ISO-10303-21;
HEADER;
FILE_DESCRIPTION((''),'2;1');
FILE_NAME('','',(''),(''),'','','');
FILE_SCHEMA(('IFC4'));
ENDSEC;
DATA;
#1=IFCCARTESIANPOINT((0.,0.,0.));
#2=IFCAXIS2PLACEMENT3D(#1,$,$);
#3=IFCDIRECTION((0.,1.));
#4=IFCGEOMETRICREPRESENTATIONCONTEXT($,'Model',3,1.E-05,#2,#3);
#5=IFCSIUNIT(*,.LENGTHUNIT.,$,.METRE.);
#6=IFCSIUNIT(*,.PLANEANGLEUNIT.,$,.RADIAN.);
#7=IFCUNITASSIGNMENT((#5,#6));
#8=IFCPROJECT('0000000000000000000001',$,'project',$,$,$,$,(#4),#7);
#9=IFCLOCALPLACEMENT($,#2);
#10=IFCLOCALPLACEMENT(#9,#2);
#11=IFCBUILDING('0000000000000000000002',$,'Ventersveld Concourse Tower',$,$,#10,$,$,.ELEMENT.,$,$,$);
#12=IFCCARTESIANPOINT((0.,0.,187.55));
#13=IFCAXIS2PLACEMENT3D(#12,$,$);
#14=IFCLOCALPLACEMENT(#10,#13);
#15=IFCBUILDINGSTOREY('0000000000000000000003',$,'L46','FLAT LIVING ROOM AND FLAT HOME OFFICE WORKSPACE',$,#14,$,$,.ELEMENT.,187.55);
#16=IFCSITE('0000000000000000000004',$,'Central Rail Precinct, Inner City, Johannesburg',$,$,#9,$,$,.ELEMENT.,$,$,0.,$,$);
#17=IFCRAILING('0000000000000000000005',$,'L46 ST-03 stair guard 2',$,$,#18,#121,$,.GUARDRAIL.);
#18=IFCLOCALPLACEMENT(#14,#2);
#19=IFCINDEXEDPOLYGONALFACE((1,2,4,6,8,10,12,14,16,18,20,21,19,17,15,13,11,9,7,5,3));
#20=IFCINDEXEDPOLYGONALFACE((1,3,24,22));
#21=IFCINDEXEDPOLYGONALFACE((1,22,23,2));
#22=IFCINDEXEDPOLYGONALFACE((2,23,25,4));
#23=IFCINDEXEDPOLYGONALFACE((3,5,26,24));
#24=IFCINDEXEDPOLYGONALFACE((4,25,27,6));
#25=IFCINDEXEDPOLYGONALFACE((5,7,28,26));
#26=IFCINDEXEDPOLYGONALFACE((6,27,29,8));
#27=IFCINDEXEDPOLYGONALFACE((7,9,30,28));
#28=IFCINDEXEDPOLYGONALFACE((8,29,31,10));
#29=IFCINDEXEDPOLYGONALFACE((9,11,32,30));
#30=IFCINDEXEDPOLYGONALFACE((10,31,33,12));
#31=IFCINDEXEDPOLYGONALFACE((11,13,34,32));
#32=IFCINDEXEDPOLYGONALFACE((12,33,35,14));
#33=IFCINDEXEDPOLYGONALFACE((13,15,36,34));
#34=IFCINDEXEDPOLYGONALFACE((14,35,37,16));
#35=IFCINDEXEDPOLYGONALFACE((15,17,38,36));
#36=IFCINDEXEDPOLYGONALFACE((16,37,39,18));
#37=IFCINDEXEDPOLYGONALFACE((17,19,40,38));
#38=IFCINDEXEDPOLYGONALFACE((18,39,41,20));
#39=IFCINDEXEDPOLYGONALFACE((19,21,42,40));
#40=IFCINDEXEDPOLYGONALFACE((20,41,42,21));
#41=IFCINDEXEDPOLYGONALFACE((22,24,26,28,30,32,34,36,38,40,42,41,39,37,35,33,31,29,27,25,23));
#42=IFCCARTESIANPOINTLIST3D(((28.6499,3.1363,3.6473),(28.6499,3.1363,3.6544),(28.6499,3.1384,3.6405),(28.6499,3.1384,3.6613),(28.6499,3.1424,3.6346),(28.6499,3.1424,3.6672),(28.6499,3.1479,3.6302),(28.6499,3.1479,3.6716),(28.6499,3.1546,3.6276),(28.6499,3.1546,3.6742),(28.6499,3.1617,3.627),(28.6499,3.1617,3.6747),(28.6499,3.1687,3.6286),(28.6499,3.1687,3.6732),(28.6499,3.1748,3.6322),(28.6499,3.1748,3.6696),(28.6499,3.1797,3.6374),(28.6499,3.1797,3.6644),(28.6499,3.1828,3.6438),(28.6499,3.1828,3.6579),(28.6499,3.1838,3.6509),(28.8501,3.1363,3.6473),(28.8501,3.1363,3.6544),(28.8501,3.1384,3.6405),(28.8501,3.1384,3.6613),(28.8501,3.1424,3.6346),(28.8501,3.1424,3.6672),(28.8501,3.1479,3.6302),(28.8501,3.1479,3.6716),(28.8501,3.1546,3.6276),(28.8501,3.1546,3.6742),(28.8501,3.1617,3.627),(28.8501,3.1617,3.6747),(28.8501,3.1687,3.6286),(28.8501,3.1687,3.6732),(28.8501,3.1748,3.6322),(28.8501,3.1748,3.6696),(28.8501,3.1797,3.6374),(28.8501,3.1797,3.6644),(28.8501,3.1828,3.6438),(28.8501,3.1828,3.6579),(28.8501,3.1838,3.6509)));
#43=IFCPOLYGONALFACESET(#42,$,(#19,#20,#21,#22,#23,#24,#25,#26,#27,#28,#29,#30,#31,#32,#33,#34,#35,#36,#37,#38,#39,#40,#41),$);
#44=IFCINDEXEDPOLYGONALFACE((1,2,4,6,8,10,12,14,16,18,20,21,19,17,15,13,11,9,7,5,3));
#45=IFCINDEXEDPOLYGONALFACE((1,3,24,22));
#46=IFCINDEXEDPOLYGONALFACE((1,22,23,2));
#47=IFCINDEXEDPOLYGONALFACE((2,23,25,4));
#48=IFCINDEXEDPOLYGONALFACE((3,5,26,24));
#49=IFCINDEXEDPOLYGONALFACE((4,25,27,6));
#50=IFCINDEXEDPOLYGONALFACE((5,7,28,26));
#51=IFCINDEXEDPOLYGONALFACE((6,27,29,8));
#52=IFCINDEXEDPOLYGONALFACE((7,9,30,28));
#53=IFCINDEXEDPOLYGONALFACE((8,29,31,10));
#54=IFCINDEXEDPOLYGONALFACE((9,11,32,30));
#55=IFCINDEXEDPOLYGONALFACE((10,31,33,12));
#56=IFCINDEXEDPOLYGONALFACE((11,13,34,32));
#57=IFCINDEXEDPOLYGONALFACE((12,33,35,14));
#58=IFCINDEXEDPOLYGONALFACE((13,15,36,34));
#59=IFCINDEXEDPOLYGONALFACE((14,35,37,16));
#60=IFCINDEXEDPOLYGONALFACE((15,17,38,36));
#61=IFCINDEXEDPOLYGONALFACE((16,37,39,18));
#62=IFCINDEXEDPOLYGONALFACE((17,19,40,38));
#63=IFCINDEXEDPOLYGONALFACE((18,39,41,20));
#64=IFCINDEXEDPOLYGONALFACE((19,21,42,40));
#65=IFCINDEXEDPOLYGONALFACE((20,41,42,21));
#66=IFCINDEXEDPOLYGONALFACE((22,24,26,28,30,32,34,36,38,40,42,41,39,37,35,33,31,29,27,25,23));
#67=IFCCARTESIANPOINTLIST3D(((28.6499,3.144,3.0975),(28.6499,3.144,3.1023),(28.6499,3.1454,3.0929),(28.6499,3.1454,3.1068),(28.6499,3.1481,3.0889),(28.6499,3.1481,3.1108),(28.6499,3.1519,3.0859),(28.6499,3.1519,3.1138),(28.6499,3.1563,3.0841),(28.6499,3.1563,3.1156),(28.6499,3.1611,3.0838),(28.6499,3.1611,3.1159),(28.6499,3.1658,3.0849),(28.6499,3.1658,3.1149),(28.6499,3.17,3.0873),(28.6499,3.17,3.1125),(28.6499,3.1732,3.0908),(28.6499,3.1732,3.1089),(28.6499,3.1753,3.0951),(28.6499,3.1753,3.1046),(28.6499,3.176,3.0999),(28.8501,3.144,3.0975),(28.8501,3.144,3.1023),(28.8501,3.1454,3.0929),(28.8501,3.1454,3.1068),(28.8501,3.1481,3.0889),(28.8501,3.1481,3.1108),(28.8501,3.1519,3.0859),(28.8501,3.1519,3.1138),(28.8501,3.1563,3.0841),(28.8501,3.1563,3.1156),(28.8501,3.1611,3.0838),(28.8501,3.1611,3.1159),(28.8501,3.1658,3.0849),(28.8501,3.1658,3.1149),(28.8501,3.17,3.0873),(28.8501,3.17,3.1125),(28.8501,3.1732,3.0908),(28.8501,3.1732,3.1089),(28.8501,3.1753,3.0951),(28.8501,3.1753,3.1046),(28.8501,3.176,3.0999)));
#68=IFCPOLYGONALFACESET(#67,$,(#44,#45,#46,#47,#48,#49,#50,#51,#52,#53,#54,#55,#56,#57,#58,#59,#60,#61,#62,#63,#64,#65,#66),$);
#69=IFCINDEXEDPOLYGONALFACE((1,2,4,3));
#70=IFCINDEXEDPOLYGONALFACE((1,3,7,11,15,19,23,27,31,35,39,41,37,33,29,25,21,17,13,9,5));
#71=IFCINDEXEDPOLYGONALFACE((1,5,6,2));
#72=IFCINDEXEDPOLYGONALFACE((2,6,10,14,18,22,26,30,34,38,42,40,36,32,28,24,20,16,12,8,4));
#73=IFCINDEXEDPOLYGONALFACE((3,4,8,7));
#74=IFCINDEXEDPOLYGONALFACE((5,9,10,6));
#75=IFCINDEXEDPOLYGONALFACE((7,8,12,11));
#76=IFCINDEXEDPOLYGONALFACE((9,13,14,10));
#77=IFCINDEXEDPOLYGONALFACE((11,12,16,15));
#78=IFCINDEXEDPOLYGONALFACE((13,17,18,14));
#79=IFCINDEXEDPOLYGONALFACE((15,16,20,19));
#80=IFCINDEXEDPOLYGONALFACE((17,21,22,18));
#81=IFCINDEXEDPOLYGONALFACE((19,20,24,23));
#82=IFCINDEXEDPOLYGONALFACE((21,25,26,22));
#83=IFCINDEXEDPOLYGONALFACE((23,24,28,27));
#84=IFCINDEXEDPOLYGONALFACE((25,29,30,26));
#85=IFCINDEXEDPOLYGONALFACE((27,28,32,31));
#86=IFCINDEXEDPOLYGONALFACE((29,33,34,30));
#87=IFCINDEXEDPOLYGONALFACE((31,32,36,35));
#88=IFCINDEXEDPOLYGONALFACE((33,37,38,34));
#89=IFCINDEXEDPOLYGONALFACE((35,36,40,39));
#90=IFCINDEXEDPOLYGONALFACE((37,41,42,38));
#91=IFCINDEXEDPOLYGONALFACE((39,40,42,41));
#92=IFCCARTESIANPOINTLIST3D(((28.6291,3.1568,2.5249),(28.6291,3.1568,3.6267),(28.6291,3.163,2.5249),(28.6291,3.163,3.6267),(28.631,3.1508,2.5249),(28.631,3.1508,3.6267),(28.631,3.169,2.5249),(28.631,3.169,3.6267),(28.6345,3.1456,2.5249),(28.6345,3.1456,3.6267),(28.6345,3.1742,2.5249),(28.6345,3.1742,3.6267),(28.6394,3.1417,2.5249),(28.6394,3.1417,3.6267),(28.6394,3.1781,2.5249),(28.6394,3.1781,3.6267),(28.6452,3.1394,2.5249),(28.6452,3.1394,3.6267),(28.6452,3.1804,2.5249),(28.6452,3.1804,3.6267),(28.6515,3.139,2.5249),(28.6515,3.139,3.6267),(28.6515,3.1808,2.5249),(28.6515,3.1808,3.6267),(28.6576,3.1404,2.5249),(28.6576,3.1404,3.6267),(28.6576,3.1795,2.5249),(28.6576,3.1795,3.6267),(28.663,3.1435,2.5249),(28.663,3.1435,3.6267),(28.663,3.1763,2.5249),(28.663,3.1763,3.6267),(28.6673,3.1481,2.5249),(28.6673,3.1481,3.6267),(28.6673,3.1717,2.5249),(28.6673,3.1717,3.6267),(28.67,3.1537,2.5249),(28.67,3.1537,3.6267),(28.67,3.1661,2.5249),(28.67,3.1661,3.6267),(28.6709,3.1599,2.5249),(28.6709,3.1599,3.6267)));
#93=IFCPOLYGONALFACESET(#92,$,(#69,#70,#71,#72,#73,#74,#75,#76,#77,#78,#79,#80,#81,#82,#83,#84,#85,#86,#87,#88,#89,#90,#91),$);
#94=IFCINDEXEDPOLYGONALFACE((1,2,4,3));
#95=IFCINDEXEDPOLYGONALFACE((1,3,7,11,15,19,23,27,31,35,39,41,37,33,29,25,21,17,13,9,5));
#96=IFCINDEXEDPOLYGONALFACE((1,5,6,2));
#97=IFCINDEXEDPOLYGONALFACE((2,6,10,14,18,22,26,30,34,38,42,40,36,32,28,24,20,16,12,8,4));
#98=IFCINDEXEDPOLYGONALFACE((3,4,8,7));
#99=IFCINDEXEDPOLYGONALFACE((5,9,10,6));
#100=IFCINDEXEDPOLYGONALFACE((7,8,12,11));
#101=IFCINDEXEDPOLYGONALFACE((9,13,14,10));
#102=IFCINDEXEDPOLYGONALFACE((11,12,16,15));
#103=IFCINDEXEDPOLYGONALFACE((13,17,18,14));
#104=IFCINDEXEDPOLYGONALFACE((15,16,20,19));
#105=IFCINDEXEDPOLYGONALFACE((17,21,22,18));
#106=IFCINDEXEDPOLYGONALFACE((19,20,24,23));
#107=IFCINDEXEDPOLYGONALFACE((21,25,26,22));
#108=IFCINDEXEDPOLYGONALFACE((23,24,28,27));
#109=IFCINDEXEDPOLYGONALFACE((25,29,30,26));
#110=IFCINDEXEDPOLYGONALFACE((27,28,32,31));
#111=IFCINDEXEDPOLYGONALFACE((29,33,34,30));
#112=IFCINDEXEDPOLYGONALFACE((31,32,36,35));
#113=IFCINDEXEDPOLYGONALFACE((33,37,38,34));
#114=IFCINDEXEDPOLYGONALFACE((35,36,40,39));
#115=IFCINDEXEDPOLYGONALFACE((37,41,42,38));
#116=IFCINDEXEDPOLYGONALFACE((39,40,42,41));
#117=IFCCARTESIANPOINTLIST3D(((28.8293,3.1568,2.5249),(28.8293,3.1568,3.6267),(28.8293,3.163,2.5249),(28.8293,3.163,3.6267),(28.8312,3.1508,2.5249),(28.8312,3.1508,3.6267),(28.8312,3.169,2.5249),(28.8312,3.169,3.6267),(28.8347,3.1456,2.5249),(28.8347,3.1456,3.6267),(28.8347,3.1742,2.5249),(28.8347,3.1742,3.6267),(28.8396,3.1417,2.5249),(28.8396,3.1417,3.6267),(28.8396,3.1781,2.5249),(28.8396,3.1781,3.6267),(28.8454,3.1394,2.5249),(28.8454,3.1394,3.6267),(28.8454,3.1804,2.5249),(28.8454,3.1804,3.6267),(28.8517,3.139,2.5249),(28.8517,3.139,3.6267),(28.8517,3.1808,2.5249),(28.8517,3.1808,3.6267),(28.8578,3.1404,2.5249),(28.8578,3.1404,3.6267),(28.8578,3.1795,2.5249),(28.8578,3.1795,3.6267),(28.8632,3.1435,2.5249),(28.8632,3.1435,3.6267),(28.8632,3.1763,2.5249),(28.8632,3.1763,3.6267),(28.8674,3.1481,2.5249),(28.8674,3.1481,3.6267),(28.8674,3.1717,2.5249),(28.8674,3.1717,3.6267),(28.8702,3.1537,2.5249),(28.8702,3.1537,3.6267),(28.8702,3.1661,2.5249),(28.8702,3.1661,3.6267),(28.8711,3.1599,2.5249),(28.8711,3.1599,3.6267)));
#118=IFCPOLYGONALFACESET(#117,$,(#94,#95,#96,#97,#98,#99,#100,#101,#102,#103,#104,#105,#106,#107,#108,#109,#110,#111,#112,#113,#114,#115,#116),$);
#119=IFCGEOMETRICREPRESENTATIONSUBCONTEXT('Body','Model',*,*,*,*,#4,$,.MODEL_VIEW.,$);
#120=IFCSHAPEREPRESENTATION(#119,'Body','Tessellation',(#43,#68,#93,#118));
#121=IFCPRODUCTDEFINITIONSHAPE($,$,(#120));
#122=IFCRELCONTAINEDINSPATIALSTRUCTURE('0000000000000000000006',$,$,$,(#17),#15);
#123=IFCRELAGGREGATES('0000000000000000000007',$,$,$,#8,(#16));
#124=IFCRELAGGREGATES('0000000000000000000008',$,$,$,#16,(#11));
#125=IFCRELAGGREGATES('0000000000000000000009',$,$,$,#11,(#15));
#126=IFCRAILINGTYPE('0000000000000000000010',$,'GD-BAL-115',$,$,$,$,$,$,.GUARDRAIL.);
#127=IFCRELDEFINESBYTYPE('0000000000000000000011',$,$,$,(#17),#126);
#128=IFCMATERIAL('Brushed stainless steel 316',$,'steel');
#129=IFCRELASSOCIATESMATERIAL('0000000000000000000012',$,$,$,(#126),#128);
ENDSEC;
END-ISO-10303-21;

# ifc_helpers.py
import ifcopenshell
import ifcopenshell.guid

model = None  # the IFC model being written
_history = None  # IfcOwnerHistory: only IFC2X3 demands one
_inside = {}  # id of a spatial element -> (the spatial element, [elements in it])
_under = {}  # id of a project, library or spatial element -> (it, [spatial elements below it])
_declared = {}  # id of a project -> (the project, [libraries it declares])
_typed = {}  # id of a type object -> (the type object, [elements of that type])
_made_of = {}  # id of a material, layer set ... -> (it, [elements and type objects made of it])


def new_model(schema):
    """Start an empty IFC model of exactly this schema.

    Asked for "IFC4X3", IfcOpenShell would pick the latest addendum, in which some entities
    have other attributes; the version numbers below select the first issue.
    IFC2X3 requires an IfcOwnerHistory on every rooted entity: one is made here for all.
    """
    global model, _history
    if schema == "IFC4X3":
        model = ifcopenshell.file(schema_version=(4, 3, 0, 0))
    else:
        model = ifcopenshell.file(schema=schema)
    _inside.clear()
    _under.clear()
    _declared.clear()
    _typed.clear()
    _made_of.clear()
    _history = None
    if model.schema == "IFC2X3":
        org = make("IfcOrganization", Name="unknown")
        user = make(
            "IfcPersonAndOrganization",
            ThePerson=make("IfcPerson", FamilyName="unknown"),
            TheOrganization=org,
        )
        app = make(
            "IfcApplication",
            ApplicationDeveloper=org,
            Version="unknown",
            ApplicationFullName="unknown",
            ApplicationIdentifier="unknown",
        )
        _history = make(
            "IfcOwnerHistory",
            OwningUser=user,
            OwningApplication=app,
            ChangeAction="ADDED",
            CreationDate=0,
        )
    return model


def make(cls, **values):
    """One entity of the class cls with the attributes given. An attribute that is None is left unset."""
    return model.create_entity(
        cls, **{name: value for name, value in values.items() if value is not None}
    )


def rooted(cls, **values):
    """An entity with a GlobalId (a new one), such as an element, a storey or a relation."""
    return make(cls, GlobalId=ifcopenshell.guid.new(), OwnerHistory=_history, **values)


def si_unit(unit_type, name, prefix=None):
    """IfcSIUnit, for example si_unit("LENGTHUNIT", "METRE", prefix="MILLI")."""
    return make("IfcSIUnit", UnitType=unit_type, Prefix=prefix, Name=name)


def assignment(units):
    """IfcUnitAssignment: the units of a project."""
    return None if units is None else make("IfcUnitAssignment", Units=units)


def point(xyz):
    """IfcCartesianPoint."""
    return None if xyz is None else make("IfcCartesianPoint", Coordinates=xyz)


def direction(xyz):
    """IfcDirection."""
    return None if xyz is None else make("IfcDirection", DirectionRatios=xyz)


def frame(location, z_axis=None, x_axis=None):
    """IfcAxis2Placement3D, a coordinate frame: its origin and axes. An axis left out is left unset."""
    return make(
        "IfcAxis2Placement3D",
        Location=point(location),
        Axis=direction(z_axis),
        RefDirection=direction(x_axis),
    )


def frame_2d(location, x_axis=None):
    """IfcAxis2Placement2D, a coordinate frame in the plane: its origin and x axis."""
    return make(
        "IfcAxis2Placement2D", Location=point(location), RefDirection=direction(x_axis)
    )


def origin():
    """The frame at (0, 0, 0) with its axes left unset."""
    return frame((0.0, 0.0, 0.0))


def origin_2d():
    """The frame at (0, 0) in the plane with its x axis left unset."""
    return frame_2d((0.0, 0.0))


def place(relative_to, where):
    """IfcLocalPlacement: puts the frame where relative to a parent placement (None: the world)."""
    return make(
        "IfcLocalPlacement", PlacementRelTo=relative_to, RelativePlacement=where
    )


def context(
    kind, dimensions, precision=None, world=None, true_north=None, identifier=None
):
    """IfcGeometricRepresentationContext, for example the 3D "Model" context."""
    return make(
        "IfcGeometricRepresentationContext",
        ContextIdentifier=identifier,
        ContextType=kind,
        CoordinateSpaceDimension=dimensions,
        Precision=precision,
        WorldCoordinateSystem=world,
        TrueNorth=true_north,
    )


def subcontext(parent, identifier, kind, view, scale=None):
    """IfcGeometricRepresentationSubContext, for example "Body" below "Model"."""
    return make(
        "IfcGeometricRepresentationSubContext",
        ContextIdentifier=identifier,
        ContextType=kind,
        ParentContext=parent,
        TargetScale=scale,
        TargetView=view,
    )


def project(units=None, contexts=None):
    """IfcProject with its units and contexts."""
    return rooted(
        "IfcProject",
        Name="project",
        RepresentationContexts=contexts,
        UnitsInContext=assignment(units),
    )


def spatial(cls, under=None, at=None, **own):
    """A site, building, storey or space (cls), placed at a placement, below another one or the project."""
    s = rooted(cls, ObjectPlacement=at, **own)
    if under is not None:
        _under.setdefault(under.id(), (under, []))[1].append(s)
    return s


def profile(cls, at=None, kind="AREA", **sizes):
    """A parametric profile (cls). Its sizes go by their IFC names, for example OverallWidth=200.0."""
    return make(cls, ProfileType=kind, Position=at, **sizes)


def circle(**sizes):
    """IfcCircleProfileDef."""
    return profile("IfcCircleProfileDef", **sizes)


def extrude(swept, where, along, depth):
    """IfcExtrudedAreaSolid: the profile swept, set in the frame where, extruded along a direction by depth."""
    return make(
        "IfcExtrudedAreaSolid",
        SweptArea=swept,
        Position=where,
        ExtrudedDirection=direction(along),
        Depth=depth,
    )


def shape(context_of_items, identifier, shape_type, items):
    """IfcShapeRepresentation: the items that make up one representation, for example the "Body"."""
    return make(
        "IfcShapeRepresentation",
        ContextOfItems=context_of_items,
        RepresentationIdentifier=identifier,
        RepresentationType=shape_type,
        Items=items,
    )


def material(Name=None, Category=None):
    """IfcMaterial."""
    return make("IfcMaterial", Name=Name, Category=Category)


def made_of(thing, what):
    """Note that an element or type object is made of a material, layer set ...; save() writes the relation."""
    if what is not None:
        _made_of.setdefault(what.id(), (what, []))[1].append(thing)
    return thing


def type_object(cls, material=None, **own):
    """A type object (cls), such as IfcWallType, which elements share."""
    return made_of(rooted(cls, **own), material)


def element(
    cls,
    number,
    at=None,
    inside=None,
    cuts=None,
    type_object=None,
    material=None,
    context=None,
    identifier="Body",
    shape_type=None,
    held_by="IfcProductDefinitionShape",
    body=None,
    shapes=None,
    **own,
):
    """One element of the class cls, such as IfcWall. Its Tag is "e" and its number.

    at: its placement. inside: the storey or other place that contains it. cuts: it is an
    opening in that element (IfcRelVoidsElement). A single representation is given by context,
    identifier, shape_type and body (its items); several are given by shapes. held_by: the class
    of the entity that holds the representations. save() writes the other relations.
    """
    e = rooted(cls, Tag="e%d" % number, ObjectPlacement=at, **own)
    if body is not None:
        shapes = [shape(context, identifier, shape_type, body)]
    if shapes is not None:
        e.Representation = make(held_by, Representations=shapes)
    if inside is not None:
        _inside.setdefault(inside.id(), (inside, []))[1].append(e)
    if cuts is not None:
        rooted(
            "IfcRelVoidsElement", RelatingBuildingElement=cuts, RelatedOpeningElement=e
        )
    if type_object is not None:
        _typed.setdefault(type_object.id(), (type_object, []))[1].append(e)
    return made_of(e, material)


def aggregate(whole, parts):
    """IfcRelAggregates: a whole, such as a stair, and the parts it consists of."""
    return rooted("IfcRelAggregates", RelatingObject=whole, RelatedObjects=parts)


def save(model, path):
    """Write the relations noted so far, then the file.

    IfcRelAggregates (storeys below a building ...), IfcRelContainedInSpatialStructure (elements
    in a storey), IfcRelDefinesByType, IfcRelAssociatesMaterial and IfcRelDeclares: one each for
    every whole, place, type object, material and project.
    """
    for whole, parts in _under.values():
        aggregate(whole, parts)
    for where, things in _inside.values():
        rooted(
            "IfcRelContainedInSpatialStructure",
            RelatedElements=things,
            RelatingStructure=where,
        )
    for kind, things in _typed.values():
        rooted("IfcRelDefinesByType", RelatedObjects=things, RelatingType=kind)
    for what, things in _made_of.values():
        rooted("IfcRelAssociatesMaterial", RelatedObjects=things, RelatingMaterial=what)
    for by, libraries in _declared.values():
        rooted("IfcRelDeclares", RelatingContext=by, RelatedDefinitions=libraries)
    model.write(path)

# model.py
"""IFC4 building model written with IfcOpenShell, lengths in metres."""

from ifc_helpers import new_model, si_unit, direction, frame, origin, origin_2d, place, context, subcontext, project, spatial, circle, extrude, material, type_object, element, save


model = new_model("IFC4")

# Units and contexts
model_context = context("Model", 3, precision=1e-05, world=origin(), true_north=direction((0.0, 1.0)))
body_context = subcontext(model_context, "Body", "Model", "MODEL_VIEW")
ifc_project = project(units=[si_unit("LENGTHUNIT", "METRE"), si_unit("PLANEANGLEUNIT", "RADIAN")], contexts=[model_context])

# Site, building, storey
site_placement = place(None, origin())
site = spatial("IfcSite", under=ifc_project, at=site_placement, Name="Central Rail Precinct, Inner City, Johannesburg", CompositionType="ELEMENT", RefElevation=0.0)
building_placement = place(site_placement, origin())
building = spatial("IfcBuilding", under=site, at=building_placement, Name="Ventersveld Concourse Tower", CompositionType="ELEMENT")
storey_placement = place(building_placement, frame((0.0, 0.0, 187.55)))
storey = spatial("IfcBuildingStorey", under=building, at=storey_placement, Name="L46", Description="FLAT LIVING ROOM AND FLAT HOME OFFICE WORKSPACE", CompositionType="ELEMENT", Elevation=187.55)

# Shared definitions
ifc_material_1 = material(Name="Brushed stainless steel 316", Category="steel")

# Railing
railing_type_1 = type_object("IfcRailingType", Name="GD-BAL-115", PredefinedType="GUARDRAIL", material=ifc_material_1)
railing_1_placement = place(storey_placement, frame((28.6499, 3.1599, 2.5249)))
element("IfcRailing", 1, at=railing_1_placement, inside=storey, type_object=railing_type_1, Name="L46 ST-03 stair guard 2", PredefinedType="GUARDRAIL", context=body_context, shape_type="SweptSolid", body=[
    extrude(circle(Radius=0.0239, at=origin_2d()), frame((0.0, 0.0, 1.126), z_axis=(1.0, 0.0, 0.0), x_axis=(0.0, 1.0, 0.0)), (0.0, 0.0, 1.0), 0.2002),
    extrude(circle(Radius=0.0161, at=origin_2d()), frame((0.0, 0.0, 0.575), z_axis=(1.0, 0.0, 0.0), x_axis=(0.0, 1.0, 0.0)), (0.0, 0.0, 1.0), 0.2002),
    extrude(circle(Radius=0.021, at=origin_2d()), origin(), (0.0, 0.0, 1.0), 1.1018),
    extrude(circle(Radius=0.021, at=origin_2d()), frame((0.2002, 0.0, 0.0)), (0.0, 0.0, 1.0), 1.1018),
])

save(model, "model.ifc")
